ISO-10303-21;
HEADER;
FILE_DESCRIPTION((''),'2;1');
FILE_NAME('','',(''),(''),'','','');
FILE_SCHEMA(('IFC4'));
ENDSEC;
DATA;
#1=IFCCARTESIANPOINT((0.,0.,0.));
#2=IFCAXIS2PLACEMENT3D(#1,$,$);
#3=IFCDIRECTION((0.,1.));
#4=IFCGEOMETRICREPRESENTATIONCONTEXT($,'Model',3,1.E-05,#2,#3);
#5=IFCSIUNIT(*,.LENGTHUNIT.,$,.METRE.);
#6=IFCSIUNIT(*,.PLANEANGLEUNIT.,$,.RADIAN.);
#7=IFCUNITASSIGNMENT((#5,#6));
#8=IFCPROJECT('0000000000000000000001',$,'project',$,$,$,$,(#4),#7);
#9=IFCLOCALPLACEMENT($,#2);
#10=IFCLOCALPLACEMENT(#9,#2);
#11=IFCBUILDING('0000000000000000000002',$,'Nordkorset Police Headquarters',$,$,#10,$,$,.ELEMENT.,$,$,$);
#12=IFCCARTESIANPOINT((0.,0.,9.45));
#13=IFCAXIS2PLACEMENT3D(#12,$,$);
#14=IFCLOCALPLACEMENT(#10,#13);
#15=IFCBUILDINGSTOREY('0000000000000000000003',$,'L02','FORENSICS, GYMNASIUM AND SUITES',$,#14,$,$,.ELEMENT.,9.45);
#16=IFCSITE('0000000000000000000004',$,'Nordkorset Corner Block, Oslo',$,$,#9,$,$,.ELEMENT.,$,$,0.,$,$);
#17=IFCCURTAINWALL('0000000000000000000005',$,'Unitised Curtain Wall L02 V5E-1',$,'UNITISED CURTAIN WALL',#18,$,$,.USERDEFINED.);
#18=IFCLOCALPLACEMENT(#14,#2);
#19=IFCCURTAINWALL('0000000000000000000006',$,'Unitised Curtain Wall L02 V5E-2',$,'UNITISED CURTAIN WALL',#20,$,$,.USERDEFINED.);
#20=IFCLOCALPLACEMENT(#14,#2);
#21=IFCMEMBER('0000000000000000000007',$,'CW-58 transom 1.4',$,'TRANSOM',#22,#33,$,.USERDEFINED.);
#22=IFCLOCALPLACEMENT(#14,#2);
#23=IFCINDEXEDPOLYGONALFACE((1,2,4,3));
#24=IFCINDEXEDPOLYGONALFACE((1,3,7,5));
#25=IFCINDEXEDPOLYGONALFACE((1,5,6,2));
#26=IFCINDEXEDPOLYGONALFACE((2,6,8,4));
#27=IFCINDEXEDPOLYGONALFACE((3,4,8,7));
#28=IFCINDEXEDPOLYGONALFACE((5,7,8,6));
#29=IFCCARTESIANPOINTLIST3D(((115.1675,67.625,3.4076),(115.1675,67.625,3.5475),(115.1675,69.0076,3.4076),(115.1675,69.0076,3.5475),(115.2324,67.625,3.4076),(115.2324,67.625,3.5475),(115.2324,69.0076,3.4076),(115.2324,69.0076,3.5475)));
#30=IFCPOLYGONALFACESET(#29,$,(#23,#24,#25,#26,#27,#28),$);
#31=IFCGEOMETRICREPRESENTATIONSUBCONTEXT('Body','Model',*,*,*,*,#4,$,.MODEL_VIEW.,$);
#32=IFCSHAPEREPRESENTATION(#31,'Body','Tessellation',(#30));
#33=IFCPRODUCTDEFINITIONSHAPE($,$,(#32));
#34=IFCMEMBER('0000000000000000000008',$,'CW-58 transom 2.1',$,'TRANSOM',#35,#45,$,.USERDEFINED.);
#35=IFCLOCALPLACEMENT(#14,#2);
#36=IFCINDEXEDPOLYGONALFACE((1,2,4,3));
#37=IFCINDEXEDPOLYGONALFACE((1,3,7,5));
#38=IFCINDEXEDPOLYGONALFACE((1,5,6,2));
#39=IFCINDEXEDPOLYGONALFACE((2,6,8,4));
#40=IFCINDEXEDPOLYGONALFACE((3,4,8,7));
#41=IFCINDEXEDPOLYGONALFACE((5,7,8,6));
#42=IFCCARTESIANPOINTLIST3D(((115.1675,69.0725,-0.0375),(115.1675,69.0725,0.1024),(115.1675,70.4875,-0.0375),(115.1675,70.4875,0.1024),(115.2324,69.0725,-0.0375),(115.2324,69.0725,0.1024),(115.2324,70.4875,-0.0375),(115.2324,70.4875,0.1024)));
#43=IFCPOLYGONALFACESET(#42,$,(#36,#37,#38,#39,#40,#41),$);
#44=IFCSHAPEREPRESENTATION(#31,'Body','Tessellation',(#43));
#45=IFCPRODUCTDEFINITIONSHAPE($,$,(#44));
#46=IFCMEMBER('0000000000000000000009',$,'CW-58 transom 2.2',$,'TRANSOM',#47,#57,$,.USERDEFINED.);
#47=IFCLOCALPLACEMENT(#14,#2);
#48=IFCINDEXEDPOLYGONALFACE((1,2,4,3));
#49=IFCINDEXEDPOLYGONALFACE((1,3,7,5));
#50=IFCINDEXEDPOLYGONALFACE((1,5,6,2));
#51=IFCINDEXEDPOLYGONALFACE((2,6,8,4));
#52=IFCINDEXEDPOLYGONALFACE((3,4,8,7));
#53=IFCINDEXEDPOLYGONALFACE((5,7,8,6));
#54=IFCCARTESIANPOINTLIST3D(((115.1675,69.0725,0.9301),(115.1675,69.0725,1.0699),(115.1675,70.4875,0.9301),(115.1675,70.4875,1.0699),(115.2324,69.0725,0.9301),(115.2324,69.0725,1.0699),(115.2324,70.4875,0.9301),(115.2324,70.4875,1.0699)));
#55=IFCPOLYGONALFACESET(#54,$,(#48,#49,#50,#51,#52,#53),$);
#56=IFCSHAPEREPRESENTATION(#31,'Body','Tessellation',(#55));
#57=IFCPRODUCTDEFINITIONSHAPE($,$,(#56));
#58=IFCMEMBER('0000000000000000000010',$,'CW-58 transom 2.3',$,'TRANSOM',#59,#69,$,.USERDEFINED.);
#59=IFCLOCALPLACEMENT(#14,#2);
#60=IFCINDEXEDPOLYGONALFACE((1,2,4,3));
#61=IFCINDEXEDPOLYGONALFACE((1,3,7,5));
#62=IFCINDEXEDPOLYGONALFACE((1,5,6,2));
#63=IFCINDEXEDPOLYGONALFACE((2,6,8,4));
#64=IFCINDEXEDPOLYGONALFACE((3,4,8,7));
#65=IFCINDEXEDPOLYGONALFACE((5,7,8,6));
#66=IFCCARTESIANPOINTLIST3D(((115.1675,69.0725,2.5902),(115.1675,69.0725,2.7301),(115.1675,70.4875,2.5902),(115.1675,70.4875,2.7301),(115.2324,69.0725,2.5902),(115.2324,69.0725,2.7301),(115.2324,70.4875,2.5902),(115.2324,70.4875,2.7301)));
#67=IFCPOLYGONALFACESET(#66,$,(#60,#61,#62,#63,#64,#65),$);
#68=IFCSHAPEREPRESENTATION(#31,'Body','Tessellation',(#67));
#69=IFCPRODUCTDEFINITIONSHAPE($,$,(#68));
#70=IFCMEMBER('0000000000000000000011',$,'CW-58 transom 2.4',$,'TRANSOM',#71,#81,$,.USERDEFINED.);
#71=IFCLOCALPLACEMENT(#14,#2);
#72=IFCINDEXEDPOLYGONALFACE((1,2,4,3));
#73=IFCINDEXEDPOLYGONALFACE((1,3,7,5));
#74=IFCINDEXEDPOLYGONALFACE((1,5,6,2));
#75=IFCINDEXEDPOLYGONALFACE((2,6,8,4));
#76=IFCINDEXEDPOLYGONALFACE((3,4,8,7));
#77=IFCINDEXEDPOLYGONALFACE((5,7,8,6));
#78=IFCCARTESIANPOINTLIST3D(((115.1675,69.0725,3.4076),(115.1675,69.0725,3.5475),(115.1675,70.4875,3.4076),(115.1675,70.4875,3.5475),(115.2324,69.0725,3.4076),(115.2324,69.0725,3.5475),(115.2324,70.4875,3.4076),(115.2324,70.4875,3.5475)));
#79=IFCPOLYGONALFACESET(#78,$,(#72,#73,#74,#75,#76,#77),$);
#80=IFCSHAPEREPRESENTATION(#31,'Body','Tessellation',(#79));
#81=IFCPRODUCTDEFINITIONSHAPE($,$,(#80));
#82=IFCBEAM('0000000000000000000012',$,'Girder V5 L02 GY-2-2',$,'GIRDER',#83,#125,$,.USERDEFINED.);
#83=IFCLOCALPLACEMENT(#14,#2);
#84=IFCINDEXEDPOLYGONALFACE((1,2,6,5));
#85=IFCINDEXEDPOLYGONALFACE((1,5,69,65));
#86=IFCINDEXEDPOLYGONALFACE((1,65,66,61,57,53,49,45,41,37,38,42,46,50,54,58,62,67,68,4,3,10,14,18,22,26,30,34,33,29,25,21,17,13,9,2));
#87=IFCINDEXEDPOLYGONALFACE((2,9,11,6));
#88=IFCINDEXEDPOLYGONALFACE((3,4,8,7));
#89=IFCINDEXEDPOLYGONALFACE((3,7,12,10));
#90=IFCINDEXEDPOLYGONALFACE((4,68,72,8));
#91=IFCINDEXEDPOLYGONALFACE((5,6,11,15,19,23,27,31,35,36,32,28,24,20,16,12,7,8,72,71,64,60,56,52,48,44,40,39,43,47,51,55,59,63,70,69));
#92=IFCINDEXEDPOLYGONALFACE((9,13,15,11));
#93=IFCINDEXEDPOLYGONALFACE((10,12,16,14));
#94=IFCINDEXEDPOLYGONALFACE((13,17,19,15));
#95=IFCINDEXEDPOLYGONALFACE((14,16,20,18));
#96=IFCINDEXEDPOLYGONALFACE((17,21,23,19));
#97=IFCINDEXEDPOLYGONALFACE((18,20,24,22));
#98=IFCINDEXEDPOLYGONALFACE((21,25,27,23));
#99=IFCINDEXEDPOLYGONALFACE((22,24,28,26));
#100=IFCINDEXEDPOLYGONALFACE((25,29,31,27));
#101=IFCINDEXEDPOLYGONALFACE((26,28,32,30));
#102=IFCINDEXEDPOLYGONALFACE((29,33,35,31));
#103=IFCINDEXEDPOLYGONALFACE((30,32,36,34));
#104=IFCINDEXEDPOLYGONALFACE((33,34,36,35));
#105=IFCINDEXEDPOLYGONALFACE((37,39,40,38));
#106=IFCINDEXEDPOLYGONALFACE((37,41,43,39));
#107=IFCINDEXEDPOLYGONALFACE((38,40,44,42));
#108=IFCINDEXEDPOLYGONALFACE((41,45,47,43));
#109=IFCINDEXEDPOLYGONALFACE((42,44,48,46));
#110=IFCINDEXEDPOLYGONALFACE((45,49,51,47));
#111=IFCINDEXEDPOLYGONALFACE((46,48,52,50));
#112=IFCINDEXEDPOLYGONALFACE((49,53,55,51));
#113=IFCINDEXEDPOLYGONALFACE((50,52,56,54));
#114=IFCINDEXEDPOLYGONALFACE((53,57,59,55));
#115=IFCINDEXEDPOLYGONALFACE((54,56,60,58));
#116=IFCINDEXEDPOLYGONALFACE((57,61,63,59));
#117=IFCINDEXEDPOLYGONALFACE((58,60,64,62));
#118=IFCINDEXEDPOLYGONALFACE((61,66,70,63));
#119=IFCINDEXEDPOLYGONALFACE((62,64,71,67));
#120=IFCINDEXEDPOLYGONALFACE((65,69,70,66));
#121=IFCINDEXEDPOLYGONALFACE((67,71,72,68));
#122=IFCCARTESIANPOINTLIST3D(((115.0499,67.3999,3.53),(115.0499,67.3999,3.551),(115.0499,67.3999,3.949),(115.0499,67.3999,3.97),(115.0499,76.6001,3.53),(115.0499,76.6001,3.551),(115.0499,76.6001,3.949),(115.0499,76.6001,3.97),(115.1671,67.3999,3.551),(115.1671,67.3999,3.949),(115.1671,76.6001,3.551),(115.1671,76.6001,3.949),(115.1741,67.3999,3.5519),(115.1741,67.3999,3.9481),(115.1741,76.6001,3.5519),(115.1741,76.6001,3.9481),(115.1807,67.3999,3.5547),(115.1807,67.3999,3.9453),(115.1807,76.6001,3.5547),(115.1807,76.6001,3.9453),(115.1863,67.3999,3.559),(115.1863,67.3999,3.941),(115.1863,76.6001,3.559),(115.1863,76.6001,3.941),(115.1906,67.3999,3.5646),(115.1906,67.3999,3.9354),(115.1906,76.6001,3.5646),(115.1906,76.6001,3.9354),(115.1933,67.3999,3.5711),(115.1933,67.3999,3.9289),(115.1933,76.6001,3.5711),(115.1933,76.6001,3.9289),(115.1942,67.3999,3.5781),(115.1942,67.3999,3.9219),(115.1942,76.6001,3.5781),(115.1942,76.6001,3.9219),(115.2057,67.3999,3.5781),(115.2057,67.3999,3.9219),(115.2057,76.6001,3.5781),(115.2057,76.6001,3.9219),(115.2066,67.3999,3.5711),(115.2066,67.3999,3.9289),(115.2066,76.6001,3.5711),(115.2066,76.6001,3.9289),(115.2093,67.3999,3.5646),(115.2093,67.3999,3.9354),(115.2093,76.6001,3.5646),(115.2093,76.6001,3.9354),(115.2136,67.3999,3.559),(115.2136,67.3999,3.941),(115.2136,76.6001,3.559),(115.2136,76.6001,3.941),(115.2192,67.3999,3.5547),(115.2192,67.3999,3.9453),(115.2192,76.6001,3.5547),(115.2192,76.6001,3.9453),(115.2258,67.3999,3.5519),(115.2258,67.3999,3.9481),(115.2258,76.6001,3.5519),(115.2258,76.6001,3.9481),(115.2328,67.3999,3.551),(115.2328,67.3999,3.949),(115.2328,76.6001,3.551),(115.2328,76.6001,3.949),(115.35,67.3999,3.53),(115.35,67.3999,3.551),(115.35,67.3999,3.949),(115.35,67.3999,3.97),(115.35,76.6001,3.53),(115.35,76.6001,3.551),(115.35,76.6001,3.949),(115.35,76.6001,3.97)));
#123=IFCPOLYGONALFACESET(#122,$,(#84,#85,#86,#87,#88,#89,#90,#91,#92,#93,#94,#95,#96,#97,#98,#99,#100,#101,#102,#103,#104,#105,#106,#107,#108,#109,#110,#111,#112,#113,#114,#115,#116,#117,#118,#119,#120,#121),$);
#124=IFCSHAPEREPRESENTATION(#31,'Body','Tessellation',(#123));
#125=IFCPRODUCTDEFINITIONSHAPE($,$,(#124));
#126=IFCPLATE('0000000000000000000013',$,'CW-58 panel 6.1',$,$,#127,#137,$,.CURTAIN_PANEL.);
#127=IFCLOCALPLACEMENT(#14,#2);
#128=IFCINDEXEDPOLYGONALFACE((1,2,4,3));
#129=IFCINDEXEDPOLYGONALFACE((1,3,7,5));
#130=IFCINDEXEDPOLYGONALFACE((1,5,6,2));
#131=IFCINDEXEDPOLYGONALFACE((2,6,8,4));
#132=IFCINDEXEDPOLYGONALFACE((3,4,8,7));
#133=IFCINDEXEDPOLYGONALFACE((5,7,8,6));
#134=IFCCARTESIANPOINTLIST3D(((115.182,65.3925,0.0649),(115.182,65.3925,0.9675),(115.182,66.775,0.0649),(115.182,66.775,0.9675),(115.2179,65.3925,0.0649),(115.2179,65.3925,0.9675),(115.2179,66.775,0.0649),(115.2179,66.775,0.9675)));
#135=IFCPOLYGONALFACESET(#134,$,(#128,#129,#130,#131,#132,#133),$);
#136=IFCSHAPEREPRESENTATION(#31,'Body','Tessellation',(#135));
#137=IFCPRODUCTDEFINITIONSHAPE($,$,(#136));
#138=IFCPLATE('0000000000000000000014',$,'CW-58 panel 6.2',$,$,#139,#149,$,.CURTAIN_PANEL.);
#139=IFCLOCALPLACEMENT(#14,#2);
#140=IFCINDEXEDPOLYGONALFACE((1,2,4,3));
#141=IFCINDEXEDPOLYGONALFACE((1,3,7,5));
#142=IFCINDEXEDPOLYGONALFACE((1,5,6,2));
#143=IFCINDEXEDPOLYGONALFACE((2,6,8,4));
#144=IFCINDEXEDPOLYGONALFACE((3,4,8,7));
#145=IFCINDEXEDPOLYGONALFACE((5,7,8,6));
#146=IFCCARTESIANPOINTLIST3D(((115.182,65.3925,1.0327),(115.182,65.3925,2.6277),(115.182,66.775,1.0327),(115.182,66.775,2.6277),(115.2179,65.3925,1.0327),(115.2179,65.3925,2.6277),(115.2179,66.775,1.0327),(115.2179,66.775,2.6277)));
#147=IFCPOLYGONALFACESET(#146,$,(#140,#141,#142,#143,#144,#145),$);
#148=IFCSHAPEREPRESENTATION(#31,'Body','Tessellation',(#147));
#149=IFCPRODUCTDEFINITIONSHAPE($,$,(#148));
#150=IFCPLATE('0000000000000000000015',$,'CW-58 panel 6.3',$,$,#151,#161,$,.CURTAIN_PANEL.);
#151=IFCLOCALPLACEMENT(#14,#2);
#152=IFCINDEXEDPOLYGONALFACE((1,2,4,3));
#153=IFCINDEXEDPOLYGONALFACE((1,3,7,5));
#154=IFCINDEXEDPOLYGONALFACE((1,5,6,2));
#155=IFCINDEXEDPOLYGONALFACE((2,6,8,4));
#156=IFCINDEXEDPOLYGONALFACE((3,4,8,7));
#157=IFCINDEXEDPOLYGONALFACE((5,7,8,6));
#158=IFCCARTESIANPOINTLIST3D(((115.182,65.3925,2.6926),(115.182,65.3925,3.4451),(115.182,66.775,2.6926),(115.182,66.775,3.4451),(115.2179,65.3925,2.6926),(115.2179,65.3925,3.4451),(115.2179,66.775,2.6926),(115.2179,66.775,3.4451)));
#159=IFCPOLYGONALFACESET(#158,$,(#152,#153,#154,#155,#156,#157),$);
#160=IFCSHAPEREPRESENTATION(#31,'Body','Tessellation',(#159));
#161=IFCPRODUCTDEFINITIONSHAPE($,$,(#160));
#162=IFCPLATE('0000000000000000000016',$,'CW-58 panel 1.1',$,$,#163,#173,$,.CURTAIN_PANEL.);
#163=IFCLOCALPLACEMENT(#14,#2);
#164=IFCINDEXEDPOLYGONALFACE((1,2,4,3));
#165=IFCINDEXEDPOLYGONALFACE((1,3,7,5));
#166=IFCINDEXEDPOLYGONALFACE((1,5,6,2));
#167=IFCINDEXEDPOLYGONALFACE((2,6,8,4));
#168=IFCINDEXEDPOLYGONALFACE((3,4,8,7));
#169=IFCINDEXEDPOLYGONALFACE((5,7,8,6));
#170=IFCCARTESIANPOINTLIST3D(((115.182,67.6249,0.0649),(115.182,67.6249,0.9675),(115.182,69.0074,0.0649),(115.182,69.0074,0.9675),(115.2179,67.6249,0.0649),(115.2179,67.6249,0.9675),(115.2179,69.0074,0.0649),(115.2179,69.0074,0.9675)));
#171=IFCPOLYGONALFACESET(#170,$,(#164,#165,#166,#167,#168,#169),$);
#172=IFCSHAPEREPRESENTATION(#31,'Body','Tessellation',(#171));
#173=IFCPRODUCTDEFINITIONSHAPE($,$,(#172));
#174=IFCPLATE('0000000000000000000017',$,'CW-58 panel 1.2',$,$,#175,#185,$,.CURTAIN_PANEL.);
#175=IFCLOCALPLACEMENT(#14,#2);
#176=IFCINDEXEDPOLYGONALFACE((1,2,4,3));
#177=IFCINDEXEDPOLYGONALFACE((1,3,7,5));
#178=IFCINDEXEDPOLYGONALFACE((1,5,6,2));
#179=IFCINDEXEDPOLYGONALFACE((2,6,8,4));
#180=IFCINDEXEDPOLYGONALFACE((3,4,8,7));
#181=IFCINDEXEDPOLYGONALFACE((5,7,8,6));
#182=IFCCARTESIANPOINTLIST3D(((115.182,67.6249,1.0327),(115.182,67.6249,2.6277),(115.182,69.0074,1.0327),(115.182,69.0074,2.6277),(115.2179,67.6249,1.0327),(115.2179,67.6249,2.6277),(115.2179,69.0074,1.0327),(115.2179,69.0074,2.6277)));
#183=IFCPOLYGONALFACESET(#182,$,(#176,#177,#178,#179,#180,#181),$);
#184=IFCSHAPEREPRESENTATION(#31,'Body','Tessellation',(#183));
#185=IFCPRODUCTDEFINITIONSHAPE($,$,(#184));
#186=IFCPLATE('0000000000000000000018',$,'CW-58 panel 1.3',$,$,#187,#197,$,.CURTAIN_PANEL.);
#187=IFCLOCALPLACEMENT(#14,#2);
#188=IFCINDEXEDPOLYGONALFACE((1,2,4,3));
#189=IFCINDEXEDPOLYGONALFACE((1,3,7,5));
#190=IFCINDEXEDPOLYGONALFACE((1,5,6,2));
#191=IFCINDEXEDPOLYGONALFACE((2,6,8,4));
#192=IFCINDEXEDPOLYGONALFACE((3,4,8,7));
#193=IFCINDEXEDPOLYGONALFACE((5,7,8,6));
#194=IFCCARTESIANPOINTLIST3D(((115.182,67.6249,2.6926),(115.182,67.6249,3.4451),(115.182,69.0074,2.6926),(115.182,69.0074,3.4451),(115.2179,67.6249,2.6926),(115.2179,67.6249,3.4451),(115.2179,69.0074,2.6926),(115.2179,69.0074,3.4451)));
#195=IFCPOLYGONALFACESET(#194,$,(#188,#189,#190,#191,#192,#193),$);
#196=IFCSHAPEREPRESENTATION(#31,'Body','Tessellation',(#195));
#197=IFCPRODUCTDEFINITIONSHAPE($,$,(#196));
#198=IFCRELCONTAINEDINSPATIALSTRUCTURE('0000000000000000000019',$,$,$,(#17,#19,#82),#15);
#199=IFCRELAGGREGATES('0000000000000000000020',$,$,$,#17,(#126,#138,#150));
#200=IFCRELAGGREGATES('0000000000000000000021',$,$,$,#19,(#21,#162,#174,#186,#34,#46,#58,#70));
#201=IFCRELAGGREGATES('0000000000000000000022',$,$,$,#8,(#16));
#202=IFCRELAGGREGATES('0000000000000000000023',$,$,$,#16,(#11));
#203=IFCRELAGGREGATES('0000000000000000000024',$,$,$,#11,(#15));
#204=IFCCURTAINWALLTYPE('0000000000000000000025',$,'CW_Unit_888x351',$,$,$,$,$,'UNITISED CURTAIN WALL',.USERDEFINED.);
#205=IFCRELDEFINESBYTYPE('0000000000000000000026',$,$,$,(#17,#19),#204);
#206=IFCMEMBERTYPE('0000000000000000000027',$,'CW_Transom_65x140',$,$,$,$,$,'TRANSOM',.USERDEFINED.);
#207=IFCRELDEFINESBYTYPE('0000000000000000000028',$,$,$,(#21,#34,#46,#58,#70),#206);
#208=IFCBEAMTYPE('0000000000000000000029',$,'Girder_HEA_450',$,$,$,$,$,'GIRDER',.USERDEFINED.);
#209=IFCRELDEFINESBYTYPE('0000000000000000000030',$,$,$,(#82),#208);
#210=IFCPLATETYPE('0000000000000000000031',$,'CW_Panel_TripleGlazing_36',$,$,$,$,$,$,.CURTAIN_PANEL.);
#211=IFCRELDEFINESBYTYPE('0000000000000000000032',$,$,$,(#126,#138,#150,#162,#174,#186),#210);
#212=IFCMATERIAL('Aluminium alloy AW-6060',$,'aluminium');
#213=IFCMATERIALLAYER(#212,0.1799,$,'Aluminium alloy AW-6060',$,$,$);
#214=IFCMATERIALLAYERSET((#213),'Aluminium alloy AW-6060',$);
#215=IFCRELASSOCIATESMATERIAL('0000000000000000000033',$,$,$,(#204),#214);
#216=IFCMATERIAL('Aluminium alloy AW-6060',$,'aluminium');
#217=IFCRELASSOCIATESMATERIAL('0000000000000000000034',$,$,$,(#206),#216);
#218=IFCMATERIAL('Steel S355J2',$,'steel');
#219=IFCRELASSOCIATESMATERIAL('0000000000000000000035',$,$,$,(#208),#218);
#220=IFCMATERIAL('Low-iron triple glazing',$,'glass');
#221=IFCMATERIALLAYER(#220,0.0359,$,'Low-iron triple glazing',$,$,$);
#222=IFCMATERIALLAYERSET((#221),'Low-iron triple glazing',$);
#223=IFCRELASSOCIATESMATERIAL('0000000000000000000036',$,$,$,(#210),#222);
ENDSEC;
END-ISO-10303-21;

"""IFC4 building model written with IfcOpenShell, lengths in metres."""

from ifc_helpers import new_model, si_unit, direction, frame, origin, origin_2d, place, context, subcontext, project, spatial, rectangle, i_section, extrude, material, layer, layer_set, material_profile, profile_set, type_object, element, aggregate, save


model = new_model("IFC4")

# Units and contexts
model_context = context("Model", 3, precision=1e-05, world=origin(), true_north=direction((0.0, 1.0)))
body_context = subcontext(model_context, "Body", "Model", "MODEL_VIEW")
ifc_project = project(units=[si_unit("LENGTHUNIT", "METRE"), si_unit("PLANEANGLEUNIT", "RADIAN")], contexts=[model_context])

# Site, building, storey
site_placement = place(None, origin())
site = spatial("IfcSite", under=ifc_project, at=site_placement, Name="Nordkorset Corner Block, Oslo", CompositionType="ELEMENT", RefElevation=0.0)
building_placement = place(site_placement, origin())
building = spatial("IfcBuilding", under=site, at=building_placement, Name="Nordkorset Police Headquarters", CompositionType="ELEMENT")
storey_placement = place(building_placement, frame((0.0, 0.0, 9.45)))
storey = spatial("IfcBuildingStorey", under=building, at=storey_placement, Name="L02", Description="FORENSICS, GYMNASIUM AND SUITES", CompositionType="ELEMENT", Elevation=9.45)

# Curtain wall
ifc_material_1 = material(Name="Aluminium alloy AW-6060", Category="aluminium")
ifc_layer_1 = layer(ifc_material_1, 0.1799, Name="Aluminium alloy AW-6060")
ifc_layer_set_1 = layer_set([ifc_layer_1], Name="Aluminium alloy AW-6060")
curtain_wall_type = type_object("IfcCurtainWallType", Name="CW_Unit_888x351", ElementType="UNITISED CURTAIN WALL", PredefinedType="USERDEFINED", material=ifc_layer_set_1)
curtain_wall_1_placement = place(storey_placement, origin())
curtain_wall_1 = element("IfcCurtainWall", 1, at=curtain_wall_1_placement, inside=storey, type_object=curtain_wall_type, Name="Unitised Curtain Wall L02 V5E-1", ObjectType="UNITISED CURTAIN WALL", PredefinedType="USERDEFINED")

# Curtain wall
curtain_wall_2_placement = place(storey_placement, origin())
curtain_wall_2 = element("IfcCurtainWall", 2, at=curtain_wall_2_placement, inside=storey, type_object=curtain_wall_type, Name="Unitised Curtain Wall L02 V5E-2", ObjectType="UNITISED CURTAIN WALL", PredefinedType="USERDEFINED")

# Members
ifc_material_2 = material(Name="Aluminium alloy AW-6060", Category="aluminium")
ifc_material_profile_1 = material_profile(ifc_material_2, rectangle(XDim=0.0649, YDim=0.1399, at=origin_2d()), Name="ALU TRAN 65x140")
ifc_profile_set_1 = profile_set([ifc_material_profile_1], Name="Aluminium alloy AW-6060")
member_type_1 = type_object("IfcMemberType", Name="CW_Transom_65x140", ElementType="TRANSOM", PredefinedType="USERDEFINED", material=ifc_profile_set_1)
member_1_placement = place(storey_placement, frame((115.2, 67.625, 3.4775), z_axis=(0.0, 1.0, 0.0), x_axis=(-1.0, 0.0, 0.0)))
member_1 = element("IfcMember", 3, at=member_1_placement, type_object=member_type_1, Name="CW-58 transom 1.4", ObjectType="TRANSOM", PredefinedType="USERDEFINED", context=body_context, shape_type="SweptSolid", body=[
    extrude(rectangle(XDim=0.0649, YDim=0.1399, at=origin_2d()), origin(), (0.0, 0.0, 1.0), 1.3826),
])
member_2_placement = place(storey_placement, frame((115.2, 69.0725, 0.0325), z_axis=(0.0, 1.0, 0.0), x_axis=(-1.0, 0.0, 0.0)))
member_2 = element("IfcMember", 4, at=member_2_placement, type_object=member_type_1, Name="CW-58 transom 2.1", ObjectType="TRANSOM", PredefinedType="USERDEFINED", context=body_context, shape_type="SweptSolid", body=[
    extrude(rectangle(XDim=0.0649, YDim=0.1399, at=origin_2d()), origin(), (0.0, 0.0, 1.0), 1.415),
])
member_3_placement = place(storey_placement, frame((115.2, 69.0725, 1.0), z_axis=(0.0, 1.0, 0.0), x_axis=(-1.0, 0.0, 0.0)))
member_3 = element("IfcMember", 5, at=member_3_placement, type_object=member_type_1, Name="CW-58 transom 2.2", ObjectType="TRANSOM", PredefinedType="USERDEFINED", context=body_context, shape_type="SweptSolid", body=[
    extrude(rectangle(XDim=0.0649, YDim=0.1399, at=origin_2d()), origin(), (0.0, 0.0, 1.0), 1.415),
])
member_4_placement = place(storey_placement, frame((115.2, 69.0725, 2.6602), z_axis=(0.0, 1.0, 0.0), x_axis=(-1.0, 0.0, 0.0)))
member_4 = element("IfcMember", 6, at=member_4_placement, type_object=member_type_1, Name="CW-58 transom 2.3", ObjectType="TRANSOM", PredefinedType="USERDEFINED", context=body_context, shape_type="SweptSolid", body=[
    extrude(rectangle(XDim=0.0649, YDim=0.1399, at=origin_2d()), origin(), (0.0, 0.0, 1.0), 1.415),
])
member_5_placement = place(storey_placement, frame((115.2, 69.0725, 3.4775), z_axis=(0.0, 1.0, 0.0), x_axis=(-1.0, 0.0, 0.0)))
member_5 = element("IfcMember", 7, at=member_5_placement, type_object=member_type_1, Name="CW-58 transom 2.4", ObjectType="TRANSOM", PredefinedType="USERDEFINED", context=body_context, shape_type="SweptSolid", body=[
    extrude(rectangle(XDim=0.0649, YDim=0.1399, at=origin_2d()), origin(), (0.0, 0.0, 1.0), 1.415),
])

# Beam
ifc_material_3 = material(Name="Steel S355J2", Category="steel")
ifc_material_profile_2 = material_profile(ifc_material_3, i_section(OverallWidth=0.3, OverallDepth=0.4399, WebThickness=0.0115, FlangeThickness=0.021, FilletRadius=0.0271, at=origin_2d()), Name="HEA 450")
ifc_profile_set_2 = profile_set([ifc_material_profile_2], Name="Steel S355J2")
beam_type = type_object("IfcBeamType", Name="Girder_HEA_450", ElementType="GIRDER", PredefinedType="USERDEFINED", material=ifc_profile_set_2)
beam_placement = place(storey_placement, frame((115.2, 67.3999, 3.75), z_axis=(0.0, 1.0, 0.0), x_axis=(-1.0, 0.0, 0.0)))
element("IfcBeam", 8, at=beam_placement, inside=storey, type_object=beam_type, Name="Girder V5 L02 GY-2-2", ObjectType="GIRDER", PredefinedType="USERDEFINED", context=body_context, shape_type="SweptSolid", body=[
    extrude(i_section(OverallWidth=0.3, OverallDepth=0.4399, WebThickness=0.0115, FlangeThickness=0.021, FilletRadius=0.0271, at=origin_2d()), origin(), (0.0, 0.0, 1.0), 9.2002),
])

# Plates
ifc_material_4 = material(Name="Low-iron triple glazing", Category="glass")
ifc_layer_2 = layer(ifc_material_4, 0.0359, Name="Low-iron triple glazing")
ifc_layer_set_2 = layer_set([ifc_layer_2], Name="Low-iron triple glazing")
plate_type = type_object("IfcPlateType", Name="CW_Panel_TripleGlazing_36", PredefinedType="CURTAIN_PANEL", material=ifc_layer_set_2)
plate_1_placement = place(storey_placement, frame((115.2, 66.0837, 0.0649), z_axis=(0.0, 0.0, 1.0), x_axis=(0.0, 1.0, 0.0)))
plate_1 = element("IfcPlate", 9, at=plate_1_placement, type_object=plate_type, Name="CW-58 panel 6.1", PredefinedType="CURTAIN_PANEL", context=body_context, shape_type="SweptSolid", body=[
    extrude(rectangle(XDim=1.3826, YDim=0.0359, at=origin_2d()), origin(), (0.0, 0.0, 1.0), 0.9026),
])
plate_2_placement = place(storey_placement, frame((115.2, 66.0837, 1.0327), z_axis=(0.0, 0.0, 1.0), x_axis=(0.0, 1.0, 0.0)))
plate_2 = element("IfcPlate", 10, at=plate_2_placement, type_object=plate_type, Name="CW-58 panel 6.2", PredefinedType="CURTAIN_PANEL", context=body_context, shape_type="SweptSolid", body=[
    extrude(rectangle(XDim=1.3826, YDim=0.0359, at=origin_2d()), origin(), (0.0, 0.0, 1.0), 1.595),
])
plate_3_placement = place(storey_placement, frame((115.2, 66.0837, 2.6926), z_axis=(0.0, 0.0, 1.0), x_axis=(0.0, 1.0, 0.0)))
plate_3 = element("IfcPlate", 11, at=plate_3_placement, type_object=plate_type, Name="CW-58 panel 6.3", PredefinedType="CURTAIN_PANEL", context=body_context, shape_type="SweptSolid", body=[
    extrude(rectangle(XDim=1.3826, YDim=0.0359, at=origin_2d()), origin(), (0.0, 0.0, 1.0), 0.7524),
])
aggregate(curtain_wall_1, [plate_1, plate_2, plate_3])
plate_4_placement = place(storey_placement, frame((115.2, 68.3162, 0.0649), z_axis=(0.0, 0.0, 1.0), x_axis=(0.0, 1.0, 0.0)))
plate_4 = element("IfcPlate", 12, at=plate_4_placement, type_object=plate_type, Name="CW-58 panel 1.1", PredefinedType="CURTAIN_PANEL", context=body_context, shape_type="SweptSolid", body=[
    extrude(rectangle(XDim=1.3826, YDim=0.0359, at=origin_2d()), origin(), (0.0, 0.0, 1.0), 0.9026),
])
plate_5_placement = place(storey_placement, frame((115.2, 68.3162, 1.0327), z_axis=(0.0, 0.0, 1.0), x_axis=(0.0, 1.0, 0.0)))
plate_5 = element("IfcPlate", 13, at=plate_5_placement, type_object=plate_type, Name="CW-58 panel 1.2", PredefinedType="CURTAIN_PANEL", context=body_context, shape_type="SweptSolid", body=[
    extrude(rectangle(XDim=1.3826, YDim=0.0359, at=origin_2d()), origin(), (0.0, 0.0, 1.0), 1.595),
])
plate_6_placement = place(storey_placement, frame((115.2, 68.3162, 2.6926), z_axis=(0.0, 0.0, 1.0), x_axis=(0.0, 1.0, 0.0)))
plate_6 = element("IfcPlate", 14, at=plate_6_placement, type_object=plate_type, Name="CW-58 panel 1.3", PredefinedType="CURTAIN_PANEL", context=body_context, shape_type="SweptSolid", body=[
    extrude(rectangle(XDim=1.3826, YDim=0.0359, at=origin_2d()), origin(), (0.0, 0.0, 1.0), 0.7524),
])
aggregate(curtain_wall_2, [member_1, plate_4, plate_5, plate_6, member_2, member_3, member_4, member_5])

save(model, "model.ifc")
